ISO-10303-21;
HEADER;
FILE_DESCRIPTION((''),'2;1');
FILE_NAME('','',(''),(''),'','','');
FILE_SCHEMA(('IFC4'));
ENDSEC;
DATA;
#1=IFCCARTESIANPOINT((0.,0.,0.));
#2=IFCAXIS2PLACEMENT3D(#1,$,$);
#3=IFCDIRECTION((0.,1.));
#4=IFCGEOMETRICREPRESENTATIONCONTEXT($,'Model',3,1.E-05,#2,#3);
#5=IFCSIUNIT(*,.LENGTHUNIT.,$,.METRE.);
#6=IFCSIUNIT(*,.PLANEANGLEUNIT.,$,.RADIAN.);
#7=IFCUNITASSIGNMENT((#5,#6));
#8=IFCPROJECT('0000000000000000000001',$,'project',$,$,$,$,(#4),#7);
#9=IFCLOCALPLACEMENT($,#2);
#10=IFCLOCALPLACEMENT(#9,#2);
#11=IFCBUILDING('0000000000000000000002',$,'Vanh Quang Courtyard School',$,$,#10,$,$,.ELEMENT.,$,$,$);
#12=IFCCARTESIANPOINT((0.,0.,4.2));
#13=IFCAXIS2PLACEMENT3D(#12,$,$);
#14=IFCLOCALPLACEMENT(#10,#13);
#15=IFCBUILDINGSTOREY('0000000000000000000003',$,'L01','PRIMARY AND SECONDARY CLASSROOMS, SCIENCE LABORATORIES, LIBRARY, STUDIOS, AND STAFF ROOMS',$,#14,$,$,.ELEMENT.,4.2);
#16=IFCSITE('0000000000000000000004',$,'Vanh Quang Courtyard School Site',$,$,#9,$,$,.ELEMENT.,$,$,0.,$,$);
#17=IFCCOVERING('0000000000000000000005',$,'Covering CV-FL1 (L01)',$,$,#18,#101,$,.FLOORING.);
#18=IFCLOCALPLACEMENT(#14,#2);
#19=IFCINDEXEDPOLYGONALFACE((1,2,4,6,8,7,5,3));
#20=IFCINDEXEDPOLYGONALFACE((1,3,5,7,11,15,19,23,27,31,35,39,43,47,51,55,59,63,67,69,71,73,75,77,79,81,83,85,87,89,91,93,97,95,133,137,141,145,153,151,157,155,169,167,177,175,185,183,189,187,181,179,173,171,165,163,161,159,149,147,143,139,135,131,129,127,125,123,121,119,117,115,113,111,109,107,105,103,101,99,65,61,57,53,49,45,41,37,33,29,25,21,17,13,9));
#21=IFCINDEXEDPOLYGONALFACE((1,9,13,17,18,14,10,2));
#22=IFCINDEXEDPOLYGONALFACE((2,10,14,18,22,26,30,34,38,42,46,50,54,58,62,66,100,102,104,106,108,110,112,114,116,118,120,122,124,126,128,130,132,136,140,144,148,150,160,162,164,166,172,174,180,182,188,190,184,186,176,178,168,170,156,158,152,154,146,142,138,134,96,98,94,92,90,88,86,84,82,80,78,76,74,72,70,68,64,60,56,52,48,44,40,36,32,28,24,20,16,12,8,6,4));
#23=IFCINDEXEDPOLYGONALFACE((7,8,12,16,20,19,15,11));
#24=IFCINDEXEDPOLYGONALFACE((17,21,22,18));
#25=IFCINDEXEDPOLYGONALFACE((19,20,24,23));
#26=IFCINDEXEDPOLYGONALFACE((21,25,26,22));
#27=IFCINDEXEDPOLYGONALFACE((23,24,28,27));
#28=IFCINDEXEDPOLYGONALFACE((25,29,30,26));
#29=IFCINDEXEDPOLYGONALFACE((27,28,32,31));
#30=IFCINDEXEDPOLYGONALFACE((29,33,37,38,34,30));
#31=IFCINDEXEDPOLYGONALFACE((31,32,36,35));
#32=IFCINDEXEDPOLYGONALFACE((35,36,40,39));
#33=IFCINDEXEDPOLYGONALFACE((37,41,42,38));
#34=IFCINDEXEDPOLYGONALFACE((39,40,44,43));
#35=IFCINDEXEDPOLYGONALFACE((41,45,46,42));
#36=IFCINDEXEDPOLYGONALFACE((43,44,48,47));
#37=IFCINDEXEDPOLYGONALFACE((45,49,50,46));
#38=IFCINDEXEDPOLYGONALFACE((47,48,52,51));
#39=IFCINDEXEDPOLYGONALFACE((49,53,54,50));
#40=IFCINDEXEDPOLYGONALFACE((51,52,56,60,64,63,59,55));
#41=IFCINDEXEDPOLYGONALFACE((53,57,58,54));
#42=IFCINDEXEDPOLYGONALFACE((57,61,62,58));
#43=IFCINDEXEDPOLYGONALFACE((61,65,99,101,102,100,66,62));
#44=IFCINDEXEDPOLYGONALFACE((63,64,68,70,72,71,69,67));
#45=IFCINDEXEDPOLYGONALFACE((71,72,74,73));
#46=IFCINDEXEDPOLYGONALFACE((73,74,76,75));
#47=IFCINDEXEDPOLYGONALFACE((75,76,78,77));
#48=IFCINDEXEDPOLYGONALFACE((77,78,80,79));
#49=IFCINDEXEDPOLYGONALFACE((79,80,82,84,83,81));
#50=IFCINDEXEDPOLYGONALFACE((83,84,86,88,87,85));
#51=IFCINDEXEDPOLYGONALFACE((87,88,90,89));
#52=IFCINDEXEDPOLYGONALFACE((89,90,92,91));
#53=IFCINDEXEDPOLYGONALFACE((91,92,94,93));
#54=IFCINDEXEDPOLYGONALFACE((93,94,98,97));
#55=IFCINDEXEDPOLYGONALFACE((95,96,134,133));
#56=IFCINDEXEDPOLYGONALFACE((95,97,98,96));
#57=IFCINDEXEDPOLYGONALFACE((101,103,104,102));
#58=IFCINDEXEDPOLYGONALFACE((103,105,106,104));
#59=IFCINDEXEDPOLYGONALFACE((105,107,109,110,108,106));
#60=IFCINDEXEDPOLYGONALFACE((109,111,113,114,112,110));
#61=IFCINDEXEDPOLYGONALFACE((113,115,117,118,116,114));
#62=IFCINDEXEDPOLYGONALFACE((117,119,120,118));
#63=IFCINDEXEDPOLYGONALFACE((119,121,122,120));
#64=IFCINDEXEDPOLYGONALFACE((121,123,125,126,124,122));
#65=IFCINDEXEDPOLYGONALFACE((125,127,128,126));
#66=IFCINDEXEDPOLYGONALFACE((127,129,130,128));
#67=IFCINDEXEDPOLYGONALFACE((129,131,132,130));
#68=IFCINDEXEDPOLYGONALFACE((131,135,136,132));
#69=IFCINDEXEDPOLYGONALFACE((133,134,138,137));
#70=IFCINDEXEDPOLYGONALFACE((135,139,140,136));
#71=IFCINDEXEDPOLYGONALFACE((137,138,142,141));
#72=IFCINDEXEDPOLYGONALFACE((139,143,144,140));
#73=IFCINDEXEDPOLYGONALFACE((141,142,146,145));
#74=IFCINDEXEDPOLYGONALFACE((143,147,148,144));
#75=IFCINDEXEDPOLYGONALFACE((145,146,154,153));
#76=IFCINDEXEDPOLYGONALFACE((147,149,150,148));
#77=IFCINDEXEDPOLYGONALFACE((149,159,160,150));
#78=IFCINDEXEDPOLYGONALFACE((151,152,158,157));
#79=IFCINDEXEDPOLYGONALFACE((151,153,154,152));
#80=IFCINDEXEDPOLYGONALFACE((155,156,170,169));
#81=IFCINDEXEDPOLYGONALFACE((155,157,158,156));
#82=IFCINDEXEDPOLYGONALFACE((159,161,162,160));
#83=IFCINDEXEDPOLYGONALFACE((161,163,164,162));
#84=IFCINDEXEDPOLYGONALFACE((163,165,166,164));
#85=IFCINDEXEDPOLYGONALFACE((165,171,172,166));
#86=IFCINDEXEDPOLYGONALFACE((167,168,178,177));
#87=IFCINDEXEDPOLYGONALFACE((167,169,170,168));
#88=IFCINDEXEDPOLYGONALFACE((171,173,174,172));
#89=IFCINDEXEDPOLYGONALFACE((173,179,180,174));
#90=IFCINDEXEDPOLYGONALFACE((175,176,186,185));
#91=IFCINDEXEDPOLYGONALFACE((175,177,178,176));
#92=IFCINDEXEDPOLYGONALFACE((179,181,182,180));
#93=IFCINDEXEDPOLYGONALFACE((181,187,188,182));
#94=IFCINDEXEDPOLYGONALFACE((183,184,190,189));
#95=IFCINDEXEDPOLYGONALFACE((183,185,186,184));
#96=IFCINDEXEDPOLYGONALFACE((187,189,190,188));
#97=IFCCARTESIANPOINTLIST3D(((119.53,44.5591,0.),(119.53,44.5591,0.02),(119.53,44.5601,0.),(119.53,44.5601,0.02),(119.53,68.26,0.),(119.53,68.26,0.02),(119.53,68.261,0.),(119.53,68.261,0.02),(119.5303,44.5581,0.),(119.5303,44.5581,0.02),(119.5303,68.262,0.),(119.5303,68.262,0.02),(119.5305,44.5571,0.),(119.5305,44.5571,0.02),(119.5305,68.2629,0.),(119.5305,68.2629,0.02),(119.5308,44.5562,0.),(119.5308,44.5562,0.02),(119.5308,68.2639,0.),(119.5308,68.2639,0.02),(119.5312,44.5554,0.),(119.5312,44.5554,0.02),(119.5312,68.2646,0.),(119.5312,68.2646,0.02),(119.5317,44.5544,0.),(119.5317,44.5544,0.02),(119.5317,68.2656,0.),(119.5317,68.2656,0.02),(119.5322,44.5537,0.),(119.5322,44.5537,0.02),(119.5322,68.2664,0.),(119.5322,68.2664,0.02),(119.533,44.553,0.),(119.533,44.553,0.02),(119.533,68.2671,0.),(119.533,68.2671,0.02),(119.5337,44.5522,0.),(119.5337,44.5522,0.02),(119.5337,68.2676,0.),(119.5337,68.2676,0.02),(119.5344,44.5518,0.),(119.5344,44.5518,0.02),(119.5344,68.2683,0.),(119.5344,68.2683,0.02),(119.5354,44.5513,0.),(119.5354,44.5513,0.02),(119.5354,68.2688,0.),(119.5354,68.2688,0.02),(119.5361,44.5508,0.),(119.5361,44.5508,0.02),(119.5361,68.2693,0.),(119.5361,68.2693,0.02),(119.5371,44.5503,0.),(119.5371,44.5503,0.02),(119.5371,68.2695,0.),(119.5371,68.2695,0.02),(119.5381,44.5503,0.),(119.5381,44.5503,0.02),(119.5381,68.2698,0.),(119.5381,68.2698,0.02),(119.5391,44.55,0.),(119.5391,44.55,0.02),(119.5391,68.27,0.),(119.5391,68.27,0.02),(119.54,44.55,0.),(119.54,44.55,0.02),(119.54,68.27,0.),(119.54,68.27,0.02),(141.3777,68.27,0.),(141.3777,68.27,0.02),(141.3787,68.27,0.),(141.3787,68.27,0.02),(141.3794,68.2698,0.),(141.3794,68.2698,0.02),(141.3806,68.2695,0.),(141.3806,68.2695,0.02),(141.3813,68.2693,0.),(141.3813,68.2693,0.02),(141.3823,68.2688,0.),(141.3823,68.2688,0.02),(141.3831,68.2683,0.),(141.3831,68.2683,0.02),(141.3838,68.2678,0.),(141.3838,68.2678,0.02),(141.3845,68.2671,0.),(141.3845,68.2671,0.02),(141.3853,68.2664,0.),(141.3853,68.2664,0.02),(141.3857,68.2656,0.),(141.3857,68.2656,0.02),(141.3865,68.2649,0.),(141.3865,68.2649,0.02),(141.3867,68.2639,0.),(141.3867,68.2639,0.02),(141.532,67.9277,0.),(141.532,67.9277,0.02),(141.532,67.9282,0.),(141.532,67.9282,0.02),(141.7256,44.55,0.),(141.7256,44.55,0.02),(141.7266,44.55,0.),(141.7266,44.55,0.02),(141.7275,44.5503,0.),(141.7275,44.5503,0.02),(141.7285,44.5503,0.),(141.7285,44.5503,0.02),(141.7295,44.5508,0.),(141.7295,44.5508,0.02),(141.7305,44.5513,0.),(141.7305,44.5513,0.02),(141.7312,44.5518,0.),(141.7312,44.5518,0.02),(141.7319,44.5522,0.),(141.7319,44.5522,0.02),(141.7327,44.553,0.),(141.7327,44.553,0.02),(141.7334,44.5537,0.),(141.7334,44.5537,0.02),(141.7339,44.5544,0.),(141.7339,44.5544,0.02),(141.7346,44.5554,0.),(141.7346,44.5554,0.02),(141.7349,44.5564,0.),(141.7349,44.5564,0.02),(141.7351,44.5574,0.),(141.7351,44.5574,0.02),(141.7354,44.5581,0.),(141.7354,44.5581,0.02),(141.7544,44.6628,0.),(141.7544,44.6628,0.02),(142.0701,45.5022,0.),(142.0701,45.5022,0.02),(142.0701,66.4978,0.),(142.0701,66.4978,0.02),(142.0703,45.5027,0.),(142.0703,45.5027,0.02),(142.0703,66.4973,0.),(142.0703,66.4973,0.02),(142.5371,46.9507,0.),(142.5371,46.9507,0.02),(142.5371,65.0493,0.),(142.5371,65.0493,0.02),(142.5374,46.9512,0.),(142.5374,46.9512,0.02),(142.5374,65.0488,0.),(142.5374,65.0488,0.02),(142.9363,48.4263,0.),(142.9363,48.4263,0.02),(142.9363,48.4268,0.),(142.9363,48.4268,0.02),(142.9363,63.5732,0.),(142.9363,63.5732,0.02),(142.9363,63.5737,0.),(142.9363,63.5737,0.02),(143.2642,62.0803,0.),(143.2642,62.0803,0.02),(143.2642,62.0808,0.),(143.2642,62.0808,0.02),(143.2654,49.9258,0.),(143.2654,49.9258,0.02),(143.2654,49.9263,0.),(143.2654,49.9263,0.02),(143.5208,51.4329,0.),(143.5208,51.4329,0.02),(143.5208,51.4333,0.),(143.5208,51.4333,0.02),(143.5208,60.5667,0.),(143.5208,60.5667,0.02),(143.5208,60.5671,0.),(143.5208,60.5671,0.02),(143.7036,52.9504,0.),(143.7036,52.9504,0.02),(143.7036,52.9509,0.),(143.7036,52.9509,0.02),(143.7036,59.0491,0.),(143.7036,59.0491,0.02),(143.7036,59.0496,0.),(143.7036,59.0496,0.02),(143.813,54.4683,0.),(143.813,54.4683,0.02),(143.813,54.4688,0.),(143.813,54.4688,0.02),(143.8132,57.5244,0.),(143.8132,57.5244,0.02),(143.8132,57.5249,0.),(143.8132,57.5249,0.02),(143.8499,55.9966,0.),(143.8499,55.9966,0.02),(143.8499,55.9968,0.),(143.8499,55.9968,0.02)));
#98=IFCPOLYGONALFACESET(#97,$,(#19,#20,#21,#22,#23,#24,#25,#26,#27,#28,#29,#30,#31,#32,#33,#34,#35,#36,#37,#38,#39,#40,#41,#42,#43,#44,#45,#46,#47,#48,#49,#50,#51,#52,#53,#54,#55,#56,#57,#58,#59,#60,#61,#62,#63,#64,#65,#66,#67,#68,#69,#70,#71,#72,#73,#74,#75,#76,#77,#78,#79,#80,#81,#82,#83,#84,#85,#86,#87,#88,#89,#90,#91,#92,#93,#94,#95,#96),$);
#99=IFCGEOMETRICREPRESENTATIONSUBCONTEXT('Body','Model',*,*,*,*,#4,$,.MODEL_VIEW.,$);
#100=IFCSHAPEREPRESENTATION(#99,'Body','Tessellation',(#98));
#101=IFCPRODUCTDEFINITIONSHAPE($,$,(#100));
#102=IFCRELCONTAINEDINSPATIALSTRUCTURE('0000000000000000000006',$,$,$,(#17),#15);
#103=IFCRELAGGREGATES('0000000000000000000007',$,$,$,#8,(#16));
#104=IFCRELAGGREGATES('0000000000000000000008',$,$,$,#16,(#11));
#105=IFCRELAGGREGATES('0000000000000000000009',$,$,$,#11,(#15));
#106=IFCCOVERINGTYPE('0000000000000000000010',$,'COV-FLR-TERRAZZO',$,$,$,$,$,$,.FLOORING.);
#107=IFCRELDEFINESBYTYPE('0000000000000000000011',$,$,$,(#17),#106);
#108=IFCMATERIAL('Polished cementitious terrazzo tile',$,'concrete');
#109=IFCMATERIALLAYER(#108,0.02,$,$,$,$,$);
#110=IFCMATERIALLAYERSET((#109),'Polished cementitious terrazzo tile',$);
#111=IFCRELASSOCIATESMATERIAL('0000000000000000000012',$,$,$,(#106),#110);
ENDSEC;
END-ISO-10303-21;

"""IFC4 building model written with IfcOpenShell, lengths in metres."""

from ifc_helpers import new_model, si_unit, direction, frame, origin, place, context, subcontext, project, spatial, polyline, outline, extrude, material, layer, layer_set, type_object, element, save


model = new_model("IFC4")

# Units and contexts
model_context = context("Model", 3, precision=1e-05, world=origin(), true_north=direction((0.0, 1.0)))
body_context = subcontext(model_context, "Body", "Model", "MODEL_VIEW")
ifc_project = project(units=[si_unit("LENGTHUNIT", "METRE"), si_unit("PLANEANGLEUNIT", "RADIAN")], contexts=[model_context])

# Site, building, storey
site_placement = place(None, origin())
site = spatial("IfcSite", under=ifc_project, at=site_placement, Name="Vanh Quang Courtyard School Site", CompositionType="ELEMENT", RefElevation=0.0)
building_placement = place(site_placement, origin())
building = spatial("IfcBuilding", under=site, at=building_placement, Name="Vanh Quang Courtyard School", CompositionType="ELEMENT")
storey_placement = place(building_placement, frame((0.0, 0.0, 4.2)))
storey = spatial("IfcBuildingStorey", under=building, at=storey_placement, Name="L01", Description="PRIMARY AND SECONDARY CLASSROOMS, SCIENCE LABORATORIES, LIBRARY, STUDIOS, AND STAFF ROOMS", CompositionType="ELEMENT", Elevation=4.2)

# Covering
ifc_material_1 = material(Name="Polished cementitious terrazzo tile", Category="concrete")
ifc_layer_1 = layer(ifc_material_1, 0.02)
ifc_layer_set_1 = layer_set([ifc_layer_1], Name="Polished cementitious terrazzo tile")
covering_type = type_object("IfcCoveringType", Name="COV-FLR-TERRAZZO", PredefinedType="FLOORING", material=ifc_layer_set_1)
covering_1_placement = place(storey_placement, origin())
element("IfcCovering", 1, at=covering_1_placement, inside=storey, type_object=covering_type, Name="Covering CV-FL1 (L01)", PredefinedType="FLOORING", context=body_context, shape_type="SweptSolid", body=[
    extrude(outline(polyline([(119.53, 68.26), (119.53, 68.261), (119.5303, 68.262), (119.5305, 68.2629), (119.5308, 68.2639), (119.5312, 68.2646), (119.5317, 68.2656), (119.5322, 68.2664), (119.533, 68.2671), (119.5337, 68.2676), (119.5344, 68.2683), (119.5354, 68.2688), (119.5361, 68.2693), (119.5371, 68.2695), (119.5381, 68.2698), (119.5391, 68.27), (119.54, 68.27), (141.3777, 68.27), (141.3787, 68.27), (141.3794, 68.2698), (141.3806, 68.2695), (141.3813, 68.2693), (141.3823, 68.2688), (141.3831, 68.2683), (141.3838, 68.2678), (141.3845, 68.2671), (141.3853, 68.2664), (141.3857, 68.2656), (141.3865, 68.2649), (141.3867, 68.2639), (141.532, 67.9282), (141.532, 67.9277), (142.0701, 66.4978), (142.0703, 66.4973), (142.5371, 65.0493), (142.5374, 65.0488), (142.9363, 63.5737), (142.9363, 63.5732), (143.2642, 62.0808), (143.2642, 62.0803), (143.5208, 60.5671), (143.5208, 60.5667), (143.7036, 59.0496), (143.7036, 59.0491), (143.8132, 57.5249), (143.8132, 57.5244), (143.8499, 55.9968), (143.8499, 55.9966), (143.813, 54.4688), (143.813, 54.4683), (143.7036, 52.9509), (143.7036, 52.9504), (143.5208, 51.4333), (143.5208, 51.4329), (143.2654, 49.9263), (143.2654, 49.9258), (142.9363, 48.4268), (142.9363, 48.4263), (142.5374, 46.9512), (142.5371, 46.9507), (142.0703, 45.5027), (142.0701, 45.5022), (141.7544, 44.6628), (141.7354, 44.5581), (141.7351, 44.5574), (141.7349, 44.5564), (141.7346, 44.5554), (141.7339, 44.5544), (141.7334, 44.5537), (141.7327, 44.553), (141.7319, 44.5522), (141.7312, 44.5518), (141.7305, 44.5513), (141.7295, 44.5508), (141.7285, 44.5503), (141.7275, 44.5503), (141.7266, 44.55), (141.7256, 44.55), (119.54, 44.55), (119.5391, 44.55), (119.5381, 44.5503), (119.5371, 44.5503), (119.5361, 44.5508), (119.5354, 44.5513), (119.5344, 44.5518), (119.5337, 44.5522), (119.533, 44.553), (119.5322, 44.5537), (119.5317, 44.5544), (119.5312, 44.5554), (119.5308, 44.5562), (119.5305, 44.5571), (119.5303, 44.5581), (119.53, 44.5591), (119.53, 44.5601), (119.53, 68.26)])), origin(), (0.0, 0.0, 1.0), 0.02),
])

save(model, "model.ifc")
